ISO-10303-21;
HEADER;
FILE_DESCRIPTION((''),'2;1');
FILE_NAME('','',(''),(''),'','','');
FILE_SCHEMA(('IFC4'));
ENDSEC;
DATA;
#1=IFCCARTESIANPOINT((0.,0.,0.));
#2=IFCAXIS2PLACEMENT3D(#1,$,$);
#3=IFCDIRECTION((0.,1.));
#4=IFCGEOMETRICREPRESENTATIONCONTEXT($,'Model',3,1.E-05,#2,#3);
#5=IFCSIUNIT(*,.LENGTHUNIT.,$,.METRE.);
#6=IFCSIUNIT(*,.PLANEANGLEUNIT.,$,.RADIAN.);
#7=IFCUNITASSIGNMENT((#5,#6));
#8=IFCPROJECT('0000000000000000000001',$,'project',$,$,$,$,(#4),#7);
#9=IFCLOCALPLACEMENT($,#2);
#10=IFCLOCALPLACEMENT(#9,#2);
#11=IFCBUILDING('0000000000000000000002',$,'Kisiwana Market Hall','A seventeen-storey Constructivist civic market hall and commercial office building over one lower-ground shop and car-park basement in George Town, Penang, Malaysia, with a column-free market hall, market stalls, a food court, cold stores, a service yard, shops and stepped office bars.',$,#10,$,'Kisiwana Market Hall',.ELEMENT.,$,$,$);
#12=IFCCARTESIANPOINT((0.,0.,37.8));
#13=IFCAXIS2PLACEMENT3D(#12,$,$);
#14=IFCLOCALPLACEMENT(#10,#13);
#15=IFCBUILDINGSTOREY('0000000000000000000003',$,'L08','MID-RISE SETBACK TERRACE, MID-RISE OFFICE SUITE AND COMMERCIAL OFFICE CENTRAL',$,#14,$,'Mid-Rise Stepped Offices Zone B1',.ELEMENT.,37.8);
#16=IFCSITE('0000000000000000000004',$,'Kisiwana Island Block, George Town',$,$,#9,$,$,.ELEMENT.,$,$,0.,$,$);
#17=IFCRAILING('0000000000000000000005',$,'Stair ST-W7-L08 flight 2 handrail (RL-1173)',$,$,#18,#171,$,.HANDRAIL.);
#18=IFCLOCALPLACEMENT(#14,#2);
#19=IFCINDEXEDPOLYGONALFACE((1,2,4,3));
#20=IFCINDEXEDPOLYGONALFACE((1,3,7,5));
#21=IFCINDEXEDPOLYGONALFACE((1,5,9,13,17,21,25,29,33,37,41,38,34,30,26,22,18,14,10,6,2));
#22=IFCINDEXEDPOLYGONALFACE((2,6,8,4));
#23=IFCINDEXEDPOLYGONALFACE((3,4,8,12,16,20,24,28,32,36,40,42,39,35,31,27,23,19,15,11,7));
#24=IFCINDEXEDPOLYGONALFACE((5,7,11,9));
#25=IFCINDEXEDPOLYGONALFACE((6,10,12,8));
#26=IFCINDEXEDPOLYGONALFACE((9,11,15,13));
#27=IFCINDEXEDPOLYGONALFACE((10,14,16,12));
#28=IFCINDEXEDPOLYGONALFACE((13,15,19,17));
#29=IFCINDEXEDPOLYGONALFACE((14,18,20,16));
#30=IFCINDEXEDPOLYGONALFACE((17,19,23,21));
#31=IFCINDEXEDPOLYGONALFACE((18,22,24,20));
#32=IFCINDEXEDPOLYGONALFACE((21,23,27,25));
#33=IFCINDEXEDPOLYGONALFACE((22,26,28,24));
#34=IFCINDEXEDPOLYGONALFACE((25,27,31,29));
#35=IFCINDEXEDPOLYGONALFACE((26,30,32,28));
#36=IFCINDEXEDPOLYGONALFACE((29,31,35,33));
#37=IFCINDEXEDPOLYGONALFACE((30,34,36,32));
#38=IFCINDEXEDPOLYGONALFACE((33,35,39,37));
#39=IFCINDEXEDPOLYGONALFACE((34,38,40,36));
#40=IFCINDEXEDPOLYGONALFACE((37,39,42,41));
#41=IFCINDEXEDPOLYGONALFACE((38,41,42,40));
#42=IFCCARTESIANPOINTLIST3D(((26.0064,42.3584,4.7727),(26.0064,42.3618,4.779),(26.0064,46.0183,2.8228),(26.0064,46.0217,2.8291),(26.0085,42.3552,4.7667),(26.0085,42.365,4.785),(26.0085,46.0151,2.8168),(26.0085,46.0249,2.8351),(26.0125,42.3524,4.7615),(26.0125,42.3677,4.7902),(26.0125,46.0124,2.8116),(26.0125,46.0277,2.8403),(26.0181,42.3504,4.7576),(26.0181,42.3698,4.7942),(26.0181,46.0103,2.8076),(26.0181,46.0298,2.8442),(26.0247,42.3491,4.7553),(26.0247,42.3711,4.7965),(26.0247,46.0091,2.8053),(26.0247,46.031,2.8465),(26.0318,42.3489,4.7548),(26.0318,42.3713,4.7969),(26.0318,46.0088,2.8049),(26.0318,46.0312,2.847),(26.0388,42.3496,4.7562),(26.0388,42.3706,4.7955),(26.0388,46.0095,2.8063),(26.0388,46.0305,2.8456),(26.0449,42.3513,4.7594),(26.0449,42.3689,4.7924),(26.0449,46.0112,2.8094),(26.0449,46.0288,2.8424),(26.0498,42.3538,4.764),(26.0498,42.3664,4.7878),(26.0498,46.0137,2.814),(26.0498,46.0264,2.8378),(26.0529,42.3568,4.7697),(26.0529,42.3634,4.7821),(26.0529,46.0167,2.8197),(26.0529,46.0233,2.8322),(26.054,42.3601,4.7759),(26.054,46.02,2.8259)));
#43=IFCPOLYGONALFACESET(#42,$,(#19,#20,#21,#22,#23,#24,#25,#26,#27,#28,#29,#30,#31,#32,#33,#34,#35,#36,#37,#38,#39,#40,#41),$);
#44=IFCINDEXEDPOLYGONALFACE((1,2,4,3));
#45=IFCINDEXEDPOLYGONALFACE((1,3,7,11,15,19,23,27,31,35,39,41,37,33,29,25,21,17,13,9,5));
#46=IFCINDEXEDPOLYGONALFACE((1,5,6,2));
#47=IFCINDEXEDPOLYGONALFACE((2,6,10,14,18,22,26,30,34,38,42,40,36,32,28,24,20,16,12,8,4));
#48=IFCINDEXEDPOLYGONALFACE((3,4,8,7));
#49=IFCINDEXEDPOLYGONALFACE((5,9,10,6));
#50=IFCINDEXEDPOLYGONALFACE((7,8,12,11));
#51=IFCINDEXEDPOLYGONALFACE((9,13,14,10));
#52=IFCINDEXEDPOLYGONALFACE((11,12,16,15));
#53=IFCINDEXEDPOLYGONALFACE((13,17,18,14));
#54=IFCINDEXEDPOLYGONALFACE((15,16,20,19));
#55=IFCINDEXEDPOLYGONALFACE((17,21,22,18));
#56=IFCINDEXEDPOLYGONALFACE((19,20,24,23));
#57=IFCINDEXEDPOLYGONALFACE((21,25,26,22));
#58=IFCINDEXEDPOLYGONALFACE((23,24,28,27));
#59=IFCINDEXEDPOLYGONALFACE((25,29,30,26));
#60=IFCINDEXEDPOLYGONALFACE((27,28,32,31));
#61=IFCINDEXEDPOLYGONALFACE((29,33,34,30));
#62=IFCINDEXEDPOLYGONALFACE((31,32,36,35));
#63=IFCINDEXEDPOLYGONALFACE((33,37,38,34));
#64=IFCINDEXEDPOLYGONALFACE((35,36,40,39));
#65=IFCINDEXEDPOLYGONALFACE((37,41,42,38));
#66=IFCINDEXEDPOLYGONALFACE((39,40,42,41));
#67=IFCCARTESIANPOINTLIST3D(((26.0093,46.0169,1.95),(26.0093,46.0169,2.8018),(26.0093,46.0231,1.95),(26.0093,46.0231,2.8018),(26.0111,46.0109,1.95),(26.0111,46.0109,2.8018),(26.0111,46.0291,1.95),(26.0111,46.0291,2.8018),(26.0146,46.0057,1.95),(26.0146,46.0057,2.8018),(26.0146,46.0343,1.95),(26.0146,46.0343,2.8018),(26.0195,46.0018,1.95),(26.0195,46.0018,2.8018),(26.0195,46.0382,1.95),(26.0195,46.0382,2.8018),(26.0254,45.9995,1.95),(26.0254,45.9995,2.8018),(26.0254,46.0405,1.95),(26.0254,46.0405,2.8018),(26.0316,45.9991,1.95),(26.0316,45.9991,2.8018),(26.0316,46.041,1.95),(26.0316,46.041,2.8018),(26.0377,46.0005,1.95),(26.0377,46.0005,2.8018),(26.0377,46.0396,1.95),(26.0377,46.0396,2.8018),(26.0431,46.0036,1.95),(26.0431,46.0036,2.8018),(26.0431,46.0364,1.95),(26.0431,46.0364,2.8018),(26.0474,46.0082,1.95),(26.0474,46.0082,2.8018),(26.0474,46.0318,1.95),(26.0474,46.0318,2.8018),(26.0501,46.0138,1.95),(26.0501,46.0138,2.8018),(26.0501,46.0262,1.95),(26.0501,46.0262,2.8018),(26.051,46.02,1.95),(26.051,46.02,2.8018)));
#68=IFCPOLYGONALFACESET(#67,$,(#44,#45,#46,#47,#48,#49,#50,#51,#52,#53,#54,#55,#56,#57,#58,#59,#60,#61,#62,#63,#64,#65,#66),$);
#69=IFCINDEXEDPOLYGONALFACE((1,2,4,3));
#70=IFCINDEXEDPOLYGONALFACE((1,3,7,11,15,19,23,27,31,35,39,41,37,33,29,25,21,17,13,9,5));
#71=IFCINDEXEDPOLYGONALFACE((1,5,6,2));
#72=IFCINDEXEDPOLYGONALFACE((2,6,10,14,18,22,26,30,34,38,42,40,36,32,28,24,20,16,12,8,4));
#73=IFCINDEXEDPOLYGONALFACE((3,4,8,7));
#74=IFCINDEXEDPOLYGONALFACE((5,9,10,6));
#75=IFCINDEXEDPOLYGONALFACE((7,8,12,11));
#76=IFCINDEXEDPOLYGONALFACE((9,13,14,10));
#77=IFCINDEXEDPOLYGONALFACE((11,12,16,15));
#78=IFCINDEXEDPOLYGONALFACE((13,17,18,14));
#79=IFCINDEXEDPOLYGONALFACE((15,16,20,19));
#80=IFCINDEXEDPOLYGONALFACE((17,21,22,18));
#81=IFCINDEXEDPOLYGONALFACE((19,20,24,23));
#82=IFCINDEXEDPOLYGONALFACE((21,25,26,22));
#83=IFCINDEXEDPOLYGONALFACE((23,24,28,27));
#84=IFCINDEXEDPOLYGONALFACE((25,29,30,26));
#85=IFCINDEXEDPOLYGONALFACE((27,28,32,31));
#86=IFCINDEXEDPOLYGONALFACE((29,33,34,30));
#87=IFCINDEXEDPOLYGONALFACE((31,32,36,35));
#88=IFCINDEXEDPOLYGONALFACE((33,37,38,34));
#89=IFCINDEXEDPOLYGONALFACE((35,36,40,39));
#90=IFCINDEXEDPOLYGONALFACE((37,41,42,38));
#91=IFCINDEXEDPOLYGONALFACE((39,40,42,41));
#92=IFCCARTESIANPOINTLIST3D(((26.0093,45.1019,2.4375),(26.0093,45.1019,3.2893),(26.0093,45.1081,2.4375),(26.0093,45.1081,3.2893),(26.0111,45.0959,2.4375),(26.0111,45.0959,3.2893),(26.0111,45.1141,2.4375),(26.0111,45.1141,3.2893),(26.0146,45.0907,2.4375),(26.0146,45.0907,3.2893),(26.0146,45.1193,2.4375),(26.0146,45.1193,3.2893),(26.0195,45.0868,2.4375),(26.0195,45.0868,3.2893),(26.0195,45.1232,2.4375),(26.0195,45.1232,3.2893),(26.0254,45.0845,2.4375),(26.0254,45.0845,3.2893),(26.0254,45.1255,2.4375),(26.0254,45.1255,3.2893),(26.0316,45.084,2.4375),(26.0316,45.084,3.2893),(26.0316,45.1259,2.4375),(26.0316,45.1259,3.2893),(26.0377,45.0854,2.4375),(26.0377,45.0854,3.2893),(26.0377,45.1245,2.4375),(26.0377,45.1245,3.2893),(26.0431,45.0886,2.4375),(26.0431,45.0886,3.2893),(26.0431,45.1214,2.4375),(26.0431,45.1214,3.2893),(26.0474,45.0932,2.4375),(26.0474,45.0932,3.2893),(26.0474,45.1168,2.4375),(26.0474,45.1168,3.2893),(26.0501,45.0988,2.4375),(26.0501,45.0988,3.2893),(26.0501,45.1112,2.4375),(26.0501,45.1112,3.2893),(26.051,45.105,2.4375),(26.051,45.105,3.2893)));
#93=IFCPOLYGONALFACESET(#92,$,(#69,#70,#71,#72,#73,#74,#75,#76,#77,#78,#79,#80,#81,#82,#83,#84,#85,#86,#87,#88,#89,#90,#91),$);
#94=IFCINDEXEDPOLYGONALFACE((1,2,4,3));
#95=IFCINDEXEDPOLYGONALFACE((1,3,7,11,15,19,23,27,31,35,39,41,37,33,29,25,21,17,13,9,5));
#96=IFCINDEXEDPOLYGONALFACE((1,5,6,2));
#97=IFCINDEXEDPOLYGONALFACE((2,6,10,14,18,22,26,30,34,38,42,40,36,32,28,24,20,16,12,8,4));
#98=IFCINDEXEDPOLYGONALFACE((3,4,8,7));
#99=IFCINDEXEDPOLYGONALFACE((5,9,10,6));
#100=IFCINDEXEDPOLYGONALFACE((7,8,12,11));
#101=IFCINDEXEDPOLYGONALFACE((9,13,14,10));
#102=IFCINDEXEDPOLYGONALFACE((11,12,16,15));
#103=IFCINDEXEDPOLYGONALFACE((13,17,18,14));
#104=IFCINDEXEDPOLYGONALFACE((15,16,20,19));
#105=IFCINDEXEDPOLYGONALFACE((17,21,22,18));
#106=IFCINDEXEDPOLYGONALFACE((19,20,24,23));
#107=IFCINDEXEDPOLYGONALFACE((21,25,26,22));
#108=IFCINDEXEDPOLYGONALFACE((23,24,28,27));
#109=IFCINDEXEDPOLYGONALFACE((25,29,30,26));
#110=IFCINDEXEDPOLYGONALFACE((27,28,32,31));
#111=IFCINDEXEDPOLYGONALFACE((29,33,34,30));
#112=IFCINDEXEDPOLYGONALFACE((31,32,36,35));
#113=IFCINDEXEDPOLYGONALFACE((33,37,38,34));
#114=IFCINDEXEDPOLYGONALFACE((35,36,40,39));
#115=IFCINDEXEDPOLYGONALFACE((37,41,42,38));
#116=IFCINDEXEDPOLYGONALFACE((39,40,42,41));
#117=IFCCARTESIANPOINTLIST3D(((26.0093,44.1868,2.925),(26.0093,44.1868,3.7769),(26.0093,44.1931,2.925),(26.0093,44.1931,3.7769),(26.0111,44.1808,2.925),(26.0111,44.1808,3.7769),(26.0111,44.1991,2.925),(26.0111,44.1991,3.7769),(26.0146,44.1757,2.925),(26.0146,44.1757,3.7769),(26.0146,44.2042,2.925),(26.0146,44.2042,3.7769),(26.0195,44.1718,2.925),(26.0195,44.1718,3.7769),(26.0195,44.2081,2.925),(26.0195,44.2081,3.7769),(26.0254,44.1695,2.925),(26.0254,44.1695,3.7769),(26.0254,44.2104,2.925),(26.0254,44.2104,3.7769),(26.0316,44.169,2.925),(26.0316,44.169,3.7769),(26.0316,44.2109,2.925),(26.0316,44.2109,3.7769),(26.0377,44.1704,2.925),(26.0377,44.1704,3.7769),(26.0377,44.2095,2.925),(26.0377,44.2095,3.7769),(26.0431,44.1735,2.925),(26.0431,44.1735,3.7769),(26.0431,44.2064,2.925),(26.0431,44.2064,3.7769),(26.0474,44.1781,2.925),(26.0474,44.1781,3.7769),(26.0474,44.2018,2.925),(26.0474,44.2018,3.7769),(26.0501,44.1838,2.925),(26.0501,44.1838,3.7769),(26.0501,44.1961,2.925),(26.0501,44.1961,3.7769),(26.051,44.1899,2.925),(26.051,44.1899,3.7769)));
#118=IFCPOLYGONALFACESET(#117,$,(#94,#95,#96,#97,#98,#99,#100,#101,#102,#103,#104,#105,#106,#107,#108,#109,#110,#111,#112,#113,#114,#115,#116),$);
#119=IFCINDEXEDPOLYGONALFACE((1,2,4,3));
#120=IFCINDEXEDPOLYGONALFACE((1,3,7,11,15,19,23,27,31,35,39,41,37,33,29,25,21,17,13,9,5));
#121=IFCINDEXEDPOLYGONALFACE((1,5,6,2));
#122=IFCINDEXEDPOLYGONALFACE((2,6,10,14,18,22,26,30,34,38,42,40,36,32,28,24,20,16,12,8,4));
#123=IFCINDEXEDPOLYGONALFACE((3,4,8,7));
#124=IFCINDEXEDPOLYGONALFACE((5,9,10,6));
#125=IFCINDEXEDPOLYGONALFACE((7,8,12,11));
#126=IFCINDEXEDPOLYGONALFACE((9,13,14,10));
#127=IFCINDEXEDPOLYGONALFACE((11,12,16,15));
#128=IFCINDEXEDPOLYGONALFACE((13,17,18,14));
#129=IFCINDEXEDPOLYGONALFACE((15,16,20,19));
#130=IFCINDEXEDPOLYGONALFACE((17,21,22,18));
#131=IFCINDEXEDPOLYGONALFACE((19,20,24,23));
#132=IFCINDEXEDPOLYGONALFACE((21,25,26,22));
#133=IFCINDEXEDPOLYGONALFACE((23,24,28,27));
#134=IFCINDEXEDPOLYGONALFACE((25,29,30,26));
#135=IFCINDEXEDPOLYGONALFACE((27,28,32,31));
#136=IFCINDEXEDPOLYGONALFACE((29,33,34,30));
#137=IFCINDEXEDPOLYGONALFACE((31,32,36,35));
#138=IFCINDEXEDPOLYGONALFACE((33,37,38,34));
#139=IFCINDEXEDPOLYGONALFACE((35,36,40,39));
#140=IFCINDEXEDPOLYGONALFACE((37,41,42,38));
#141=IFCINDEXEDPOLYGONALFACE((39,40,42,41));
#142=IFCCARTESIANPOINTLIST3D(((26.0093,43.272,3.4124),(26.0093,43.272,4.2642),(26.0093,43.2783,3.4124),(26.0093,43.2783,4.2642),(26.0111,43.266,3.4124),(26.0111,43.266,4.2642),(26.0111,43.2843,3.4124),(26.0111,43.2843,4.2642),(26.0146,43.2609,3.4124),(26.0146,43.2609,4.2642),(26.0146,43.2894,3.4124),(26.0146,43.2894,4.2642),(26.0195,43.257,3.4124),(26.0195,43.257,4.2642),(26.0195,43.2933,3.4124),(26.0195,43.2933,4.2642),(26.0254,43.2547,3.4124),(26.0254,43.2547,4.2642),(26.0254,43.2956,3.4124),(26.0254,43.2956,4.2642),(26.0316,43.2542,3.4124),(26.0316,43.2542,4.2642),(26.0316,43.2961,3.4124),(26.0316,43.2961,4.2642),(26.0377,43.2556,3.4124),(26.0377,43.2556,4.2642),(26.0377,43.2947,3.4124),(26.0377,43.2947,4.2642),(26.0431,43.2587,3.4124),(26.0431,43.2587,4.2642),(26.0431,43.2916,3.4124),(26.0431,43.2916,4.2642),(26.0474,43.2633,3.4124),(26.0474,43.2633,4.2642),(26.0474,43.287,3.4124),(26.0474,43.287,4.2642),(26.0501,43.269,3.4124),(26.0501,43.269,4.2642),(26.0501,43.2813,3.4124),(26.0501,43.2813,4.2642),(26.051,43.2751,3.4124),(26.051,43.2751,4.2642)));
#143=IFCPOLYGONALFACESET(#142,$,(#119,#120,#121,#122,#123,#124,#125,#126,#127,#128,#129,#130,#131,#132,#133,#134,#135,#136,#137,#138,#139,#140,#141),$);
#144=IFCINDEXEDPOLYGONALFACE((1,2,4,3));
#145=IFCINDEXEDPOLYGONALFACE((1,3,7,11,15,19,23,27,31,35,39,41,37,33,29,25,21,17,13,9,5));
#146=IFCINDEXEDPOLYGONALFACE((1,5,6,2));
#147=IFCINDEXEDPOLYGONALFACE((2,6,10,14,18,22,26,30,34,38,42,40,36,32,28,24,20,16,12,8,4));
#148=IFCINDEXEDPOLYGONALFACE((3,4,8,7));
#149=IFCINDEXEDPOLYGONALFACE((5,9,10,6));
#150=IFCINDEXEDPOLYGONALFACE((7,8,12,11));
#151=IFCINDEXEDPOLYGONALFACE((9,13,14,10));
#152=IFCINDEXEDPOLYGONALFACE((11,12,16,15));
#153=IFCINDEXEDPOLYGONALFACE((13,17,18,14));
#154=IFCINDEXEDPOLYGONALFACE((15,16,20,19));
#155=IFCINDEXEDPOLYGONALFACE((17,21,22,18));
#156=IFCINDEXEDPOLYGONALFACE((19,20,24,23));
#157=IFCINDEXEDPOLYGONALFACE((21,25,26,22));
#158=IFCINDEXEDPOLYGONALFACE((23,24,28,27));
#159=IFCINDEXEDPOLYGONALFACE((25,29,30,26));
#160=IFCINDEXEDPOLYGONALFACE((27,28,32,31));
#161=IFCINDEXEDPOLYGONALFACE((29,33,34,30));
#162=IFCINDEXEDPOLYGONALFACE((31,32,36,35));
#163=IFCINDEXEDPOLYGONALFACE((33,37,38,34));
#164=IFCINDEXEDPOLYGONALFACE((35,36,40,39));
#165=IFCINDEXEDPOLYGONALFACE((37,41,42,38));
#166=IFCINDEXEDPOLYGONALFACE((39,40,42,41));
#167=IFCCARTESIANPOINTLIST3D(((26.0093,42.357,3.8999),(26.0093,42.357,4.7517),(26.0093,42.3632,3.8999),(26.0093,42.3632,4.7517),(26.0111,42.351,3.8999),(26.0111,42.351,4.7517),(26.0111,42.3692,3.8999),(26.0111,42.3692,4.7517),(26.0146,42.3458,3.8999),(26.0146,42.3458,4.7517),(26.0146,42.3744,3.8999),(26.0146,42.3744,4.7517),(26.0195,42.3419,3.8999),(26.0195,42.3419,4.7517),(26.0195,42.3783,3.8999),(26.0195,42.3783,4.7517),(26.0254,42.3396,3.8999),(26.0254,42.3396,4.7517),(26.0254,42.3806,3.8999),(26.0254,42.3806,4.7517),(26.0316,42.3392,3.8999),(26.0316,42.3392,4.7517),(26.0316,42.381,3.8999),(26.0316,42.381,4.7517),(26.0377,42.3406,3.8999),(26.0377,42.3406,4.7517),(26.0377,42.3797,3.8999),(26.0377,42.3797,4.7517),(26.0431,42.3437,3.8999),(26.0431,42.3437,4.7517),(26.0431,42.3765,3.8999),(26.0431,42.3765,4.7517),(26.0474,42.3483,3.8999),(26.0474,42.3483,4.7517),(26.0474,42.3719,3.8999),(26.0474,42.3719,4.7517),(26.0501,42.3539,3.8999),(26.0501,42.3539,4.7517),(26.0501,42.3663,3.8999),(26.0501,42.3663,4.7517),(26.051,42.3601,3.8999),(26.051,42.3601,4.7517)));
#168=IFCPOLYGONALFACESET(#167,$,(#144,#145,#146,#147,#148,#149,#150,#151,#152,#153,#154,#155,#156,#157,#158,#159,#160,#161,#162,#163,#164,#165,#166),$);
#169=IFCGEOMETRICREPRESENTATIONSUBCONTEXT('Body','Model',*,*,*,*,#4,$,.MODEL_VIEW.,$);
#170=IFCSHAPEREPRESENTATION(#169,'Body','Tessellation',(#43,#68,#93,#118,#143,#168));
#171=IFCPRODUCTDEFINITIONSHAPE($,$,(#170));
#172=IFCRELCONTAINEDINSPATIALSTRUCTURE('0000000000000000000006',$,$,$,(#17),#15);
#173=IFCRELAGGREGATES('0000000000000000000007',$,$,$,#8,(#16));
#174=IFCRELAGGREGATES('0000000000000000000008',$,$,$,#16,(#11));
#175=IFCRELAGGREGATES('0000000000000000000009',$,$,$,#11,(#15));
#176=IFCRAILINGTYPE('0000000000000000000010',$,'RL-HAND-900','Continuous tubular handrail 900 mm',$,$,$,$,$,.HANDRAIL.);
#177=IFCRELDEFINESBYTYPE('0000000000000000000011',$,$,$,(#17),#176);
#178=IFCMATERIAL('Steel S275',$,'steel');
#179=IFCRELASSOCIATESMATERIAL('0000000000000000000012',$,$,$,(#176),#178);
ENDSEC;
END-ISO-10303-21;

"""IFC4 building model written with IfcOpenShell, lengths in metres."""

from ifc_helpers import new_model, si_unit, direction, frame, origin, origin_2d, place, context, subcontext, project, spatial, circle, extrude, material, type_object, element, save


model = new_model("IFC4")

# Units and contexts
model_context = context("Model", 3, precision=1e-05, world=origin(), true_north=direction((0.0, 1.0)))
body_context = subcontext(model_context, "Body", "Model", "MODEL_VIEW")
ifc_project = project(units=[si_unit("LENGTHUNIT", "METRE"), si_unit("PLANEANGLEUNIT", "RADIAN")], contexts=[model_context])

# Site, building, storey
site_placement = place(None, origin())
site = spatial("IfcSite", under=ifc_project, at=site_placement, Name="Kisiwana Island Block, George Town", CompositionType="ELEMENT", RefElevation=0.0)
building_placement = place(site_placement, origin())
building = spatial("IfcBuilding", under=site, at=building_placement, Name="Kisiwana Market Hall", Description="A seventeen-storey Constructivist civic market hall and commercial office building over one lower-ground shop and car-park basement in George Town, Penang, Malaysia, with a column-free market hall, market stalls, a food court, cold stores, a service yard, shops and stepped office bars.", LongName="Kisiwana Market Hall", CompositionType="ELEMENT")
storey_placement = place(building_placement, frame((0.0, 0.0, 37.8)))
storey = spatial("IfcBuildingStorey", under=building, at=storey_placement, Name="L08", Description="MID-RISE SETBACK TERRACE, MID-RISE OFFICE SUITE AND COMMERCIAL OFFICE CENTRAL", LongName="Mid-Rise Stepped Offices Zone B1", CompositionType="ELEMENT", Elevation=37.8)

# Railing
ifc_material_1 = material(Name="Steel S275", Category="steel")
railing_type_1 = type_object("IfcRailingType", Name="RL-HAND-900", Description="Continuous tubular handrail 900 mm", PredefinedType="HANDRAIL", material=ifc_material_1)
railing_1_placement = place(storey_placement, frame((26.03, 46.02, 1.95)))
element("IfcRailing", 1, at=railing_1_placement, inside=storey, type_object=railing_type_1, Name="Stair ST-W7-L08 flight 2 handrail (RL-1173)", PredefinedType="HANDRAIL", context=body_context, shape_type="SweptSolid", body=[
    extrude(circle(Radius=0.0239, at=origin_2d()), frame((0.0, 0.0, 0.876), z_axis=(0.0, -0.882553, 0.470212), x_axis=(1.0, 0.0, 0.0)), (0.0, 0.0, 1.0), 4.147),
    extrude(circle(Radius=0.021, at=origin_2d()), origin(), (0.0, 0.0, 1.0), 0.8518),
    extrude(circle(Radius=0.021, at=origin_2d()), frame((0.0, -0.915, 0.4875)), (0.0, 0.0, 1.0), 0.8518),
    extrude(circle(Radius=0.021, at=origin_2d()), frame((0.0, -1.8301, 0.9751)), (0.0, 0.0, 1.0), 0.8518),
    extrude(circle(Radius=0.021, at=origin_2d()), frame((0.0, -2.7449, 1.4624)), (0.0, 0.0, 1.0), 0.8518),
    extrude(circle(Radius=0.021, at=origin_2d()), frame((0.0, -3.6599, 1.95)), (0.0, 0.0, 1.0), 0.8518),
])

save(model, "model.ifc")
